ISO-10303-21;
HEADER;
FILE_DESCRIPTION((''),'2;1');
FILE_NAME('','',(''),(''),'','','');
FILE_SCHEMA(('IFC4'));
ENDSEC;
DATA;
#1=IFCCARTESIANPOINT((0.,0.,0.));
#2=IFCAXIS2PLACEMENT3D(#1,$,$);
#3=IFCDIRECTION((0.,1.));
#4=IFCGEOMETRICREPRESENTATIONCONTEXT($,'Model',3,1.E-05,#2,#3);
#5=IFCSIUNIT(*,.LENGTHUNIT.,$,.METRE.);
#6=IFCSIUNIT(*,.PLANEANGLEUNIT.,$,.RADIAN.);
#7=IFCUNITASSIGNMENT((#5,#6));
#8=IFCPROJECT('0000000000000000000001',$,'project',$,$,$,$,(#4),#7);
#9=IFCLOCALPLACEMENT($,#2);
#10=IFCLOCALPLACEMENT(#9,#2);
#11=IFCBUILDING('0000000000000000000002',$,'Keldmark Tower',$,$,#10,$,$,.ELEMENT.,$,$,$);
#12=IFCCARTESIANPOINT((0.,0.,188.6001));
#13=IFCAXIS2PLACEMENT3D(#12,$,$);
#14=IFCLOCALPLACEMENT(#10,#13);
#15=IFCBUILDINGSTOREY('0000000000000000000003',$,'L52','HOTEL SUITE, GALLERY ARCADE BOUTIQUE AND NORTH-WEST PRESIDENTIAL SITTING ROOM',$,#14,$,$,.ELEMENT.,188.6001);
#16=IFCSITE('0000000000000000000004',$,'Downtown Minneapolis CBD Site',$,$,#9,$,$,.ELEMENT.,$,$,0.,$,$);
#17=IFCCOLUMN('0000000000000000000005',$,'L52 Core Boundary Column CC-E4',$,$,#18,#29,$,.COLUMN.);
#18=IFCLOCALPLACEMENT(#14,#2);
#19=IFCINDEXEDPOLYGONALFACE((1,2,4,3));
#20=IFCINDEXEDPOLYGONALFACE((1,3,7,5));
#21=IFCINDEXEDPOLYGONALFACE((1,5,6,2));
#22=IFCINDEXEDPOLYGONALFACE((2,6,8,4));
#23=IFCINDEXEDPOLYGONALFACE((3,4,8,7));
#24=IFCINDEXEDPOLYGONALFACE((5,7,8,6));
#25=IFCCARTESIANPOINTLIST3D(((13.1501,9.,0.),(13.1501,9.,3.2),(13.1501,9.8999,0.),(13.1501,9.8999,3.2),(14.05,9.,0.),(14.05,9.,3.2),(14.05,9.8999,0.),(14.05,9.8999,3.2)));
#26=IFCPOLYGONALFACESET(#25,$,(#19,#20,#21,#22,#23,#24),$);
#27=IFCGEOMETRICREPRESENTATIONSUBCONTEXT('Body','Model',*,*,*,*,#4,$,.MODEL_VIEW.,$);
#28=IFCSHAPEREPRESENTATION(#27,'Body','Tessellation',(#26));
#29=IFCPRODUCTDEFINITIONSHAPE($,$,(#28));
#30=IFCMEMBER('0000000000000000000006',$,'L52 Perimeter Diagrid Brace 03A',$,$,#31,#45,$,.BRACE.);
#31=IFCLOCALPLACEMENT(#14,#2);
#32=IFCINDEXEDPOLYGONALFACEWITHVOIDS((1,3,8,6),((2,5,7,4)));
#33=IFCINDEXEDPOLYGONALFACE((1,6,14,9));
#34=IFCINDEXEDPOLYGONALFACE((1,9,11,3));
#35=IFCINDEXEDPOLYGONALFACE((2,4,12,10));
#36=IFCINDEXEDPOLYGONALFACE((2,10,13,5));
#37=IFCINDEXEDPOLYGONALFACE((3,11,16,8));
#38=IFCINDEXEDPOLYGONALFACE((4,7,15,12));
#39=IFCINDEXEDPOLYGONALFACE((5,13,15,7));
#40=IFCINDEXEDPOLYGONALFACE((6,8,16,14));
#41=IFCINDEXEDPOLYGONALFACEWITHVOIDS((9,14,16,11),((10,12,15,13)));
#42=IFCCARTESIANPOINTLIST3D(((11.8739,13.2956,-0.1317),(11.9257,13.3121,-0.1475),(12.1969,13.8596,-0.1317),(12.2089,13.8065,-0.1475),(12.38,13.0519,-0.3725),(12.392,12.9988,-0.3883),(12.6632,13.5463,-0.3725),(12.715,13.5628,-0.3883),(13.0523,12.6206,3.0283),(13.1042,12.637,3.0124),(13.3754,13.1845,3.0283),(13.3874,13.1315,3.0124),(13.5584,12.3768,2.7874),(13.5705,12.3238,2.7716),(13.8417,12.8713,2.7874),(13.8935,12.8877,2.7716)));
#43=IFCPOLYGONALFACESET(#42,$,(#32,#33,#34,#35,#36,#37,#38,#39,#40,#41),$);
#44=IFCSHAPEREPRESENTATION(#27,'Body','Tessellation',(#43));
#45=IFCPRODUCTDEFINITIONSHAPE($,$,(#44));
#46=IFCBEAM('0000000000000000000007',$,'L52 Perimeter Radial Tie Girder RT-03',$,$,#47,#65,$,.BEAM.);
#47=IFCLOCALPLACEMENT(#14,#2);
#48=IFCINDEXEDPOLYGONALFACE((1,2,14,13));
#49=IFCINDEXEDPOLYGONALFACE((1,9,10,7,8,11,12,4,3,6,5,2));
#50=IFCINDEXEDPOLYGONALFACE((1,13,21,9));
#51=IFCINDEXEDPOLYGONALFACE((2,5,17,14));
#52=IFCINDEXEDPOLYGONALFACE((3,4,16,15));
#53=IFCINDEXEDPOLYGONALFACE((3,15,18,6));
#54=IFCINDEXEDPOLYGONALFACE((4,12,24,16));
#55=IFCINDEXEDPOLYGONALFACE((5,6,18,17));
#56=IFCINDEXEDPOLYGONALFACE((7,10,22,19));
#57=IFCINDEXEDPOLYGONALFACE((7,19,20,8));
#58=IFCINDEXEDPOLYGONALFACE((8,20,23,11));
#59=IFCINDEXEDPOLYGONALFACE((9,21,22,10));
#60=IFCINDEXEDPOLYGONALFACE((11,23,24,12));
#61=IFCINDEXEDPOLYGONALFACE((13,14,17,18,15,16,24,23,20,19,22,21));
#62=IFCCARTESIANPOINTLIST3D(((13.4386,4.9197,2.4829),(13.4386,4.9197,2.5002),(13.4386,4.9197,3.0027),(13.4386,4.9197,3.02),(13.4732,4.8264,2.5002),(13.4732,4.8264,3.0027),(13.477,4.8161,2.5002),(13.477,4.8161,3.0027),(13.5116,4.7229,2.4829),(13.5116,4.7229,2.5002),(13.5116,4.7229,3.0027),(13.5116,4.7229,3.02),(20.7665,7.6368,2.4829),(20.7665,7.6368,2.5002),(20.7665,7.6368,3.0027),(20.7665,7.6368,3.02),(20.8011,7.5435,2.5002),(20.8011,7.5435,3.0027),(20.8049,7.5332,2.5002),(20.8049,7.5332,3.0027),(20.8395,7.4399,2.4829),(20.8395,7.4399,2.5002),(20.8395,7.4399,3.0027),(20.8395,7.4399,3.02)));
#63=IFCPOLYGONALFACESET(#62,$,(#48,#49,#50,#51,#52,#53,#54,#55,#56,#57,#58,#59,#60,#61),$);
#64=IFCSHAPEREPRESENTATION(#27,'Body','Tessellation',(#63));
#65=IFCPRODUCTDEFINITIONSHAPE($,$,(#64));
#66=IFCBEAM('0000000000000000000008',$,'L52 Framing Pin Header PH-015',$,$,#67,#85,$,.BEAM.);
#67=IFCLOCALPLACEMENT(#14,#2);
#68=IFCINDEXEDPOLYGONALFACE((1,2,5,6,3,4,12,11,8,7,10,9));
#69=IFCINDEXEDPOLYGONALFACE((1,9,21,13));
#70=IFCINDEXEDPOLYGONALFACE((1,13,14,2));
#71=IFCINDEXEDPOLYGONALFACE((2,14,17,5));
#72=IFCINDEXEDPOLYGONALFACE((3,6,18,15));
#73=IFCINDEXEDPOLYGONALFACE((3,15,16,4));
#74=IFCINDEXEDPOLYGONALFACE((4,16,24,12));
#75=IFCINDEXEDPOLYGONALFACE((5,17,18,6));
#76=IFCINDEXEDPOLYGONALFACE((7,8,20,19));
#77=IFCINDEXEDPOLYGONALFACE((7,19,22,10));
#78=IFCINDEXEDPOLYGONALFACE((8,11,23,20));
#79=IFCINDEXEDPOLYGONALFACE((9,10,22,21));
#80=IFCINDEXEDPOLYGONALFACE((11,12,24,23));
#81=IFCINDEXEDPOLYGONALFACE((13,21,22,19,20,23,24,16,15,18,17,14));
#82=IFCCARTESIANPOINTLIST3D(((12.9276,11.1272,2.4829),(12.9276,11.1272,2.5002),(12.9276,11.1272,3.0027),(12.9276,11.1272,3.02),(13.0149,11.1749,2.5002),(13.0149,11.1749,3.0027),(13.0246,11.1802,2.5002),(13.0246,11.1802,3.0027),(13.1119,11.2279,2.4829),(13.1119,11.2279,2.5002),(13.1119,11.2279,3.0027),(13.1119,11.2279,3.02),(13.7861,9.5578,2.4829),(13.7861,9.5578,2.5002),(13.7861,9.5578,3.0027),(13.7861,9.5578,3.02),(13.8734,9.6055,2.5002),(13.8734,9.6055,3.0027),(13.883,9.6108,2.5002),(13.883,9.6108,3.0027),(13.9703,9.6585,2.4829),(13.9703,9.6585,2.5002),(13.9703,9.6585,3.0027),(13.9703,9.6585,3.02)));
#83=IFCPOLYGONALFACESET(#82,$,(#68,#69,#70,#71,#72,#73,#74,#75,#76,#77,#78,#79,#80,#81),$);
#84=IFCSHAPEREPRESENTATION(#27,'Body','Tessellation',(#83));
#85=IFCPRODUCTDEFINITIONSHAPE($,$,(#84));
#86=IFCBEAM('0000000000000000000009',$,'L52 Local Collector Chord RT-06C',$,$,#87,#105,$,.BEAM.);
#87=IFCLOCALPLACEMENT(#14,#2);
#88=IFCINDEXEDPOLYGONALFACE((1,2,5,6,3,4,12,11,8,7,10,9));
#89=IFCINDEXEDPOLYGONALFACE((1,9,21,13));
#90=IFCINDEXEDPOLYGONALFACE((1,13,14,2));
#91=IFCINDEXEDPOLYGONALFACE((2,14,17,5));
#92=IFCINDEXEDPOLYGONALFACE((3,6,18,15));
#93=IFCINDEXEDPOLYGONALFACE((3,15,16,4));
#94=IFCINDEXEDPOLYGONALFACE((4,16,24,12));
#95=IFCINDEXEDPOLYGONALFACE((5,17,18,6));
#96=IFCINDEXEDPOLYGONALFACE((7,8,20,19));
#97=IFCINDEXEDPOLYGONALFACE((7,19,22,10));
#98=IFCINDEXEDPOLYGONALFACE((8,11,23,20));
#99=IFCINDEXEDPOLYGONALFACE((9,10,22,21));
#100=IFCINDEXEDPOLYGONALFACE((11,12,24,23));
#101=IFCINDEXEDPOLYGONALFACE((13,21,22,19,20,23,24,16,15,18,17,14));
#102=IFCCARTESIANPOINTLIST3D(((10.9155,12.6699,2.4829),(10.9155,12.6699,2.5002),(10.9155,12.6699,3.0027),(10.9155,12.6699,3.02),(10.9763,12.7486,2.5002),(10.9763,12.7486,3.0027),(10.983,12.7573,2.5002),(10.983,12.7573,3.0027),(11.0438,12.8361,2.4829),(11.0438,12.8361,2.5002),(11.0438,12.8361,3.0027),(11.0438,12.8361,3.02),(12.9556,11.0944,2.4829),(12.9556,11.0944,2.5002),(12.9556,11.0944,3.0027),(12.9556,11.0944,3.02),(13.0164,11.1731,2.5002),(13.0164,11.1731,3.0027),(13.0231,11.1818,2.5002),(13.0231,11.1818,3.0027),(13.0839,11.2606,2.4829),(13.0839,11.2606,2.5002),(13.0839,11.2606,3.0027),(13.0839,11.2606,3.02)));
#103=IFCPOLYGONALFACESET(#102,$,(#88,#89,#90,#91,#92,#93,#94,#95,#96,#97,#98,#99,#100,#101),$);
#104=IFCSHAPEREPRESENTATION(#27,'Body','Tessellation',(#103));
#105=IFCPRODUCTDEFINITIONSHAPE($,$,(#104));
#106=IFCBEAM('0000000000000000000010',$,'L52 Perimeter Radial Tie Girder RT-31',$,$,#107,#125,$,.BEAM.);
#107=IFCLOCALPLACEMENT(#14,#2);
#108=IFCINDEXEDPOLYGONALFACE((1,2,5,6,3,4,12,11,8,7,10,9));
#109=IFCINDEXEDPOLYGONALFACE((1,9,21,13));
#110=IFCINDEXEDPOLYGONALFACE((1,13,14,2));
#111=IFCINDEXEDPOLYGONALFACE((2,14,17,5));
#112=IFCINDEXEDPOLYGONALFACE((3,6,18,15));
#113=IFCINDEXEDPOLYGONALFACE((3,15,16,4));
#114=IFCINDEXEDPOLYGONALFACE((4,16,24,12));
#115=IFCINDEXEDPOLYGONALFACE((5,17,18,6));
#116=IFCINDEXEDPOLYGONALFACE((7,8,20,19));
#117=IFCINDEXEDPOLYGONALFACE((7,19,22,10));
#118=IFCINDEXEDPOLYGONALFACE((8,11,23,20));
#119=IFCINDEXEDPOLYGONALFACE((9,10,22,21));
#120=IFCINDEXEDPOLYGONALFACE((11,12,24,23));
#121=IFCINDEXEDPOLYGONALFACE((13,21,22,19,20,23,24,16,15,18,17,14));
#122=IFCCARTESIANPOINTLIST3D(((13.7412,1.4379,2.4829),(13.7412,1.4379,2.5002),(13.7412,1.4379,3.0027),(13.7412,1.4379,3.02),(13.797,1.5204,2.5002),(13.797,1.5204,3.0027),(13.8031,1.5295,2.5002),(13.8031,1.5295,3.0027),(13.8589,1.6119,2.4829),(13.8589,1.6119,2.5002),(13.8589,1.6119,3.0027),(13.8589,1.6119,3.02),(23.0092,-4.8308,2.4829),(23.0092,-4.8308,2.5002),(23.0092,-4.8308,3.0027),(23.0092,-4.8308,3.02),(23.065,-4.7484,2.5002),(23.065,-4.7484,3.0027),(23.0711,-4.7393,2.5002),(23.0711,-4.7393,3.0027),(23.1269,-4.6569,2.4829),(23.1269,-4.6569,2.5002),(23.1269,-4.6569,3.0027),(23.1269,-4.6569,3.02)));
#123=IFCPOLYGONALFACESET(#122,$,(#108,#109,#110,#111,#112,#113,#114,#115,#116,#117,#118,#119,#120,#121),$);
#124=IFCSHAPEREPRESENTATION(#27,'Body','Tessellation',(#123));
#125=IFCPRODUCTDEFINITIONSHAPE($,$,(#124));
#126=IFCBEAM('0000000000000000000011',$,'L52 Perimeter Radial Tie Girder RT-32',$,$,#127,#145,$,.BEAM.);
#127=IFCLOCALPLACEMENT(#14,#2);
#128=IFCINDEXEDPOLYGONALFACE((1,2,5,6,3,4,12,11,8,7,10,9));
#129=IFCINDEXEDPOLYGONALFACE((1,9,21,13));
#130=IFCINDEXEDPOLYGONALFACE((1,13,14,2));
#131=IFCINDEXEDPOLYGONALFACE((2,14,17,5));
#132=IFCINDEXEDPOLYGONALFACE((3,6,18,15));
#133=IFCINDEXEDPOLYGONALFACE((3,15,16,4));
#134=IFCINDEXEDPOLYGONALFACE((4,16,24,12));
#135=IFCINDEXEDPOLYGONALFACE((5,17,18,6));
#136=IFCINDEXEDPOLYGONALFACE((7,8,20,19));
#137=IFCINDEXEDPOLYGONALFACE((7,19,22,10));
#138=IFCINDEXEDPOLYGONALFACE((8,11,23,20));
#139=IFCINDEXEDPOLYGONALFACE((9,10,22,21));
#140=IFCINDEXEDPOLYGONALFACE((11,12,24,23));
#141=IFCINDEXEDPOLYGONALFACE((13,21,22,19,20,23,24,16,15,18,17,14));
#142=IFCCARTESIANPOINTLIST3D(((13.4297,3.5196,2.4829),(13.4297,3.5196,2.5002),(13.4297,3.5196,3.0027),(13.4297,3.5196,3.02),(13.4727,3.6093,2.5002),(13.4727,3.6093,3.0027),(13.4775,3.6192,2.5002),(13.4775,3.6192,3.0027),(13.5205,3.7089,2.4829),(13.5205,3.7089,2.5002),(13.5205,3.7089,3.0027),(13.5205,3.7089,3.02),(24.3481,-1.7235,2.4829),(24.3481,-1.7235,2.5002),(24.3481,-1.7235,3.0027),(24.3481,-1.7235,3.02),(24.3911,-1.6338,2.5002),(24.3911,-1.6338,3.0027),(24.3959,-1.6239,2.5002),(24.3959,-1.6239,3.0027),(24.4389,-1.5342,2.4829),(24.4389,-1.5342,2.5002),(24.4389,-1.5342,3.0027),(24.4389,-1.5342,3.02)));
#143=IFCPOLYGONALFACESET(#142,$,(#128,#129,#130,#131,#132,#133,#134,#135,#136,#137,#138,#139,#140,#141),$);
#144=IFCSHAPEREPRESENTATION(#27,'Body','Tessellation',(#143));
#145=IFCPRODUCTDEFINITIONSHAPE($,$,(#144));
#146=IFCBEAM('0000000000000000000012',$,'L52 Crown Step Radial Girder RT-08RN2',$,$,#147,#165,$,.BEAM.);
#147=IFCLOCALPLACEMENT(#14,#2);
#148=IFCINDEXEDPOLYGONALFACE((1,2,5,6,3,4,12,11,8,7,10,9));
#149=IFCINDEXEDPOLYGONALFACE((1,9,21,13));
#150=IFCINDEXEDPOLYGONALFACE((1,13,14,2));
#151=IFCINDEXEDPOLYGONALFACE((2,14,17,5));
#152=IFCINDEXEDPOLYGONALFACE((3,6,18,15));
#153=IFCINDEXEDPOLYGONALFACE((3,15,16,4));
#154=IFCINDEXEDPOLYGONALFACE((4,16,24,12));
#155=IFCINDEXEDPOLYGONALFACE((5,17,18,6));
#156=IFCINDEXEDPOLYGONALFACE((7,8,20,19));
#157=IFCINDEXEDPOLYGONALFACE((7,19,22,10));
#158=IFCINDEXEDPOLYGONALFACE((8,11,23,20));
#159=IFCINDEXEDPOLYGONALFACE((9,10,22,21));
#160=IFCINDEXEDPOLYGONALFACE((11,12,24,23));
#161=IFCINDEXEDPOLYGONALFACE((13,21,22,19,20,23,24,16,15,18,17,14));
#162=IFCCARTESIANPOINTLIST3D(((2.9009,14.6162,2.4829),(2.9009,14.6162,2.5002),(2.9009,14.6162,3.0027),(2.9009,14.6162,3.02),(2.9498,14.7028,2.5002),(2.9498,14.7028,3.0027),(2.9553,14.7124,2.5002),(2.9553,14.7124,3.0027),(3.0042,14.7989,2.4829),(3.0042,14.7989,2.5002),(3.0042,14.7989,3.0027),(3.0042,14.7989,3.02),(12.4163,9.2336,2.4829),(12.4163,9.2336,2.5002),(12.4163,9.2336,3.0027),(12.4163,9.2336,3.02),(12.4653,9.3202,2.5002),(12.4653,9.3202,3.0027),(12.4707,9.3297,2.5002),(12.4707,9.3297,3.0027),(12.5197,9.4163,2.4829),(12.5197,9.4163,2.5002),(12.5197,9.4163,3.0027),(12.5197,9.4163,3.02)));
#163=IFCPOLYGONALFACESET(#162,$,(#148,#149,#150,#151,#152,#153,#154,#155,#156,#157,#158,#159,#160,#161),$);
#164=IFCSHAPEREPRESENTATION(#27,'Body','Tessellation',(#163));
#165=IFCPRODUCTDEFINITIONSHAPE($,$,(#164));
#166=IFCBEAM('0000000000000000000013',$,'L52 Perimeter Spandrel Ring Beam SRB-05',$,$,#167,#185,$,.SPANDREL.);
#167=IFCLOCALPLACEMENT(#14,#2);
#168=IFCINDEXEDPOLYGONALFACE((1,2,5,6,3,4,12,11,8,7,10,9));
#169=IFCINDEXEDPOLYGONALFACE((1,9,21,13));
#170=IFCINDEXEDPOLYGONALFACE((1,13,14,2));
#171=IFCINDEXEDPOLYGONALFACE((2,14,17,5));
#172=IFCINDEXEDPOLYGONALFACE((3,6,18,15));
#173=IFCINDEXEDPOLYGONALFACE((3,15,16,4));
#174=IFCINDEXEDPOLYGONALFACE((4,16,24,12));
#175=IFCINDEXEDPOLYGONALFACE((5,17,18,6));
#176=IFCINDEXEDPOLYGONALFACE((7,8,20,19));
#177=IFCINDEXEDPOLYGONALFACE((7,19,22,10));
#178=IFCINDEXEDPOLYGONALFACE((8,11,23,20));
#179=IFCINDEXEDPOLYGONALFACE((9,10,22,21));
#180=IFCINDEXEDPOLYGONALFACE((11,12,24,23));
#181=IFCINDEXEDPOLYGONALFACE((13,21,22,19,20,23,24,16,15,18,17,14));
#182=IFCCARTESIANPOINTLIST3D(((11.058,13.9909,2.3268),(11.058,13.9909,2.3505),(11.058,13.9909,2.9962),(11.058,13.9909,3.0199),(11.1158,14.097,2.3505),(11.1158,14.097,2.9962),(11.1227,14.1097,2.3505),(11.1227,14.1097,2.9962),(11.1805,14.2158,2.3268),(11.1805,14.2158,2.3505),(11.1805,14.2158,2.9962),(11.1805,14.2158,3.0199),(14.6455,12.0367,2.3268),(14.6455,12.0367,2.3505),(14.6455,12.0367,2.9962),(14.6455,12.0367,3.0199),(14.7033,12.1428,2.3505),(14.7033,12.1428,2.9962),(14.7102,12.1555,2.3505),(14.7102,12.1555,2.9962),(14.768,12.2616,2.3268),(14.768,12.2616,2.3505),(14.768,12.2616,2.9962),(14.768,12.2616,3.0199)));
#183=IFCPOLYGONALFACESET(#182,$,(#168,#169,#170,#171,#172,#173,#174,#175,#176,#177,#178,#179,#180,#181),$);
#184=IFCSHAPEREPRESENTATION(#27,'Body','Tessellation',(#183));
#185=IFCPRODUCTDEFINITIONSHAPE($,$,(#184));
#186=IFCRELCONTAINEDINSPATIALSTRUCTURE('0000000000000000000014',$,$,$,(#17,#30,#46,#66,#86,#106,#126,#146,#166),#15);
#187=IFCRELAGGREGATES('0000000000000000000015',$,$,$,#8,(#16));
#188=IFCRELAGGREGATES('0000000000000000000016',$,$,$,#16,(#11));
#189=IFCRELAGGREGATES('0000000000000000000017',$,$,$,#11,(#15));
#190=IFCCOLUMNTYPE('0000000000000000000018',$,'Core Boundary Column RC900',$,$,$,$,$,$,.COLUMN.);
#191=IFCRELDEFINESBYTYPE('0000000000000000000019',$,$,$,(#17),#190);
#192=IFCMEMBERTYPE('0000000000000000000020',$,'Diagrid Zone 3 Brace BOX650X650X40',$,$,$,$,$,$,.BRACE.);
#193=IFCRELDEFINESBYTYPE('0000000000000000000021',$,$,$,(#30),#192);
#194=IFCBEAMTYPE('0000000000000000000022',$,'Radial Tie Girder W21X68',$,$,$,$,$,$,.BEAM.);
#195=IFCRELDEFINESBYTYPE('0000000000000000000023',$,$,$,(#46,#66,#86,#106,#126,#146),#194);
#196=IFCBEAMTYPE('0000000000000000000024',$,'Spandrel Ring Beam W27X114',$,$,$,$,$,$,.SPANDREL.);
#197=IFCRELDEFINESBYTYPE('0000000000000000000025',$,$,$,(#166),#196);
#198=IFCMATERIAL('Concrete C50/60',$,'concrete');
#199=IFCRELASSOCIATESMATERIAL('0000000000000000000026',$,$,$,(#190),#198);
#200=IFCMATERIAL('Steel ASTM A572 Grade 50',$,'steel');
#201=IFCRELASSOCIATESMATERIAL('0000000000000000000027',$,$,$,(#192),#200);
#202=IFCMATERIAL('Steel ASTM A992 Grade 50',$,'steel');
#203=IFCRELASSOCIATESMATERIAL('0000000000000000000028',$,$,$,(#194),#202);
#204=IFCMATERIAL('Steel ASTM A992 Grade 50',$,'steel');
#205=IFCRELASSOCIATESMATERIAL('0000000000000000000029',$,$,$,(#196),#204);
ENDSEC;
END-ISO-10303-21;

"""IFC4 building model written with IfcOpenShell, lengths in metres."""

from ifc_helpers import new_model, si_unit, direction, frame, origin, origin_2d, place, context, subcontext, project, spatial, rectangle, hollow_rectangle, i_section, extrude, material, material_profile, profile_set, type_object, element, save


model = new_model("IFC4")

# Units and contexts
model_context = context("Model", 3, precision=1e-05, world=origin(), true_north=direction((0.0, 1.0)))
body_context = subcontext(model_context, "Body", "Model", "MODEL_VIEW")
ifc_project = project(units=[si_unit("LENGTHUNIT", "METRE"), si_unit("PLANEANGLEUNIT", "RADIAN")], contexts=[model_context])

# Site, building, storey
site_placement = place(None, origin())
site = spatial("IfcSite", under=ifc_project, at=site_placement, Name="Downtown Minneapolis CBD Site", CompositionType="ELEMENT", RefElevation=0.0)
building_placement = place(site_placement, origin())
building = spatial("IfcBuilding", under=site, at=building_placement, Name="Keldmark Tower", CompositionType="ELEMENT")
storey_placement = place(building_placement, frame((0.0, 0.0, 188.6001)))
storey = spatial("IfcBuildingStorey", under=building, at=storey_placement, Name="L52", Description="HOTEL SUITE, GALLERY ARCADE BOUTIQUE AND NORTH-WEST PRESIDENTIAL SITTING ROOM", CompositionType="ELEMENT", Elevation=188.6001)

# Column
ifc_material_1 = material(Name="Concrete C50/60", Category="concrete")
ifc_material_profile_1 = material_profile(ifc_material_1, rectangle(XDim=0.8999, YDim=0.8999, at=origin_2d()), Name="RC900X900")
ifc_profile_set_1 = profile_set([ifc_material_profile_1], Name="Concrete C50/60")
column_type = type_object("IfcColumnType", Name="Core Boundary Column RC900", PredefinedType="COLUMN", material=ifc_profile_set_1)
column_placement = place(storey_placement, frame((13.6001, 9.45, 0.0), z_axis=(0.0, 0.0, 1.0), x_axis=(1.0, 0.0, 0.0)))
element("IfcColumn", 1, at=column_placement, inside=storey, type_object=column_type, Name="L52 Core Boundary Column CC-E4", PredefinedType="COLUMN", context=body_context, shape_type="SweptSolid", body=[
    extrude(rectangle(XDim=0.8999, YDim=0.8999, at=origin_2d()), origin(), (0.0, 0.0, 1.0), 3.2),
])

# Member
ifc_material_2 = material(Name="Steel ASTM A572 Grade 50", Category="steel")
ifc_material_profile_2 = material_profile(ifc_material_2, hollow_rectangle(XDim=0.6499, YDim=0.6499, WallThickness=0.04, at=origin_2d()), Name="BOX650X650X40")
ifc_profile_set_2 = profile_set([ifc_material_profile_2], Name="Steel ASTM A572 Grade 50")
member_type = type_object("IfcMemberType", Name="Diagrid Zone 3 Brace BOX650X650X40", PredefinedType="BRACE", material=ifc_profile_set_2)
member_placement = place(storey_placement, frame((12.2944, 13.4292, -0.26), z_axis=(0.342637, -0.196269, 0.918738), x_axis=(0.497049, 0.867723, 0.0)))
element("IfcMember", 2, at=member_placement, inside=storey, type_object=member_type, Name="L52 Perimeter Diagrid Brace 03A", PredefinedType="BRACE", context=body_context, shape_type="SweptSolid", body=[
    extrude(hollow_rectangle(XDim=0.6499, YDim=0.6499, WallThickness=0.04, at=origin_2d()), origin(), (0.0, 0.0, 1.0), 3.4395),
])

# Beams
ifc_material_3 = material(Name="Steel ASTM A992 Grade 50", Category="steel")
ifc_material_profile_3 = material_profile(ifc_material_3, i_section(OverallWidth=0.21, OverallDepth=0.5371, WebThickness=0.011, FlangeThickness=0.0173, at=origin_2d()), Name="W21X68")
ifc_profile_set_3 = profile_set([ifc_material_profile_3], Name="Steel ASTM A992 Grade 50")
beam_type_1 = type_object("IfcBeamType", Name="Radial Tie Girder W21X68", PredefinedType="BEAM", material=ifc_profile_set_3)
beam_1_placement = place(storey_placement, frame((13.4751, 4.8213, 2.7515), z_axis=(0.937623, 0.347653, 0.0), x_axis=(-0.347653, 0.937623, 0.0)))
element("IfcBeam", 3, at=beam_1_placement, inside=storey, type_object=beam_type_1, Name="L52 Perimeter Radial Tie Girder RT-03", PredefinedType="BEAM", context=body_context, shape_type="SweptSolid", body=[
    extrude(i_section(OverallWidth=0.21, OverallDepth=0.5371, WebThickness=0.011, FlangeThickness=0.0173, at=origin_2d()), origin(), (0.0, 0.0, 1.0), 7.8154),
])
beam_2_placement = place(storey_placement, frame((13.8782, 9.6082, 2.7515), z_axis=(-0.479885, 0.877332, 0.0), x_axis=(-0.877332, -0.479885, 0.0)))
element("IfcBeam", 4, at=beam_2_placement, inside=storey, type_object=beam_type_1, Name="L52 Framing Pin Header PH-015", PredefinedType="BEAM", context=body_context, shape_type="SweptSolid", body=[
    extrude(i_section(OverallWidth=0.21, OverallDepth=0.5371, WebThickness=0.011, FlangeThickness=0.0173, at=origin_2d()), origin(), (0.0, 0.0, 1.0), 1.7888),
])
beam_3_placement = place(storey_placement, frame((13.0198, 11.1775, 2.7515), z_axis=(-0.791464, 0.611216, 0.0), x_axis=(-0.611216, -0.791464, 0.0)))
element("IfcBeam", 5, at=beam_3_placement, inside=storey, type_object=beam_type_1, Name="L52 Local Collector Chord RT-06C", PredefinedType="BEAM", context=body_context, shape_type="SweptSolid", body=[
    extrude(i_section(OverallWidth=0.21, OverallDepth=0.5371, WebThickness=0.011, FlangeThickness=0.0173, at=origin_2d()), origin(), (0.0, 0.0, 1.0), 2.5776),
])
beam_4_placement = place(storey_placement, frame((13.8, 1.5249, 2.7515), z_axis=(0.828316, -0.560262, 0.0), x_axis=(0.560262, 0.828316, 0.0)))
element("IfcBeam", 6, at=beam_4_placement, inside=storey, type_object=beam_type_1, Name="L52 Perimeter Radial Tie Girder RT-31", PredefinedType="BEAM", context=body_context, shape_type="SweptSolid", body=[
    extrude(i_section(OverallWidth=0.21, OverallDepth=0.5371, WebThickness=0.011, FlangeThickness=0.0173, at=origin_2d()), origin(), (0.0, 0.0, 1.0), 11.189),
])
beam_5_placement = place(storey_placement, frame((13.4751, 3.6143, 2.7515), z_axis=(0.901449, -0.432886, 0.0), x_axis=(0.432886, 0.901449, 0.0)))
element("IfcBeam", 7, at=beam_5_placement, inside=storey, type_object=beam_type_1, Name="L52 Perimeter Radial Tie Girder RT-32", PredefinedType="BEAM", context=body_context, shape_type="SweptSolid", body=[
    extrude(i_section(OverallWidth=0.21, OverallDepth=0.5371, WebThickness=0.011, FlangeThickness=0.0173, at=origin_2d()), origin(), (0.0, 0.0, 1.0), 12.1121),
])
beam_6_placement = place(storey_placement, frame((12.468, 9.325, 2.7515), z_axis=(-0.870394, 0.492356, 0.0), x_axis=(-0.492356, -0.870394, 0.0)))
element("IfcBeam", 8, at=beam_6_placement, inside=storey, type_object=beam_type_1, Name="L52 Crown Step Radial Girder RT-08RN2", PredefinedType="BEAM", context=body_context, shape_type="SweptSolid", body=[
    extrude(i_section(OverallWidth=0.21, OverallDepth=0.5371, WebThickness=0.011, FlangeThickness=0.0173, at=origin_2d()), origin(), (0.0, 0.0, 1.0), 10.9324),
])
ifc_material_4 = material(Name="Steel ASTM A992 Grade 50", Category="steel")
ifc_material_profile_4 = material_profile(ifc_material_4, i_section(OverallWidth=0.2561, OverallDepth=0.6931, WebThickness=0.0144, FlangeThickness=0.0237, at=origin_2d()), Name="W27X114")
ifc_profile_set_4 = profile_set([ifc_material_profile_4], Name="Steel ASTM A992 Grade 50")
beam_type_2 = type_object("IfcBeamType", Name="Spandrel Ring Beam W27X114", PredefinedType="SPANDREL", material=ifc_profile_set_4)
beam_7_placement = place(storey_placement, frame((14.7068, 12.1492, 2.6733), z_axis=(-0.87817, 0.47835, 0.0), x_axis=(-0.47835, -0.87817, 0.0)))
element("IfcBeam", 9, at=beam_7_placement, inside=storey, type_object=beam_type_2, Name="L52 Perimeter Spandrel Ring Beam SRB-05", PredefinedType="SPANDREL", context=body_context, shape_type="SweptSolid", body=[
    extrude(i_section(OverallWidth=0.2561, OverallDepth=0.6931, WebThickness=0.0144, FlangeThickness=0.0237, at=origin_2d()), origin(), (0.0, 0.0, 1.0), 4.0852),
])

save(model, "model.ifc")
